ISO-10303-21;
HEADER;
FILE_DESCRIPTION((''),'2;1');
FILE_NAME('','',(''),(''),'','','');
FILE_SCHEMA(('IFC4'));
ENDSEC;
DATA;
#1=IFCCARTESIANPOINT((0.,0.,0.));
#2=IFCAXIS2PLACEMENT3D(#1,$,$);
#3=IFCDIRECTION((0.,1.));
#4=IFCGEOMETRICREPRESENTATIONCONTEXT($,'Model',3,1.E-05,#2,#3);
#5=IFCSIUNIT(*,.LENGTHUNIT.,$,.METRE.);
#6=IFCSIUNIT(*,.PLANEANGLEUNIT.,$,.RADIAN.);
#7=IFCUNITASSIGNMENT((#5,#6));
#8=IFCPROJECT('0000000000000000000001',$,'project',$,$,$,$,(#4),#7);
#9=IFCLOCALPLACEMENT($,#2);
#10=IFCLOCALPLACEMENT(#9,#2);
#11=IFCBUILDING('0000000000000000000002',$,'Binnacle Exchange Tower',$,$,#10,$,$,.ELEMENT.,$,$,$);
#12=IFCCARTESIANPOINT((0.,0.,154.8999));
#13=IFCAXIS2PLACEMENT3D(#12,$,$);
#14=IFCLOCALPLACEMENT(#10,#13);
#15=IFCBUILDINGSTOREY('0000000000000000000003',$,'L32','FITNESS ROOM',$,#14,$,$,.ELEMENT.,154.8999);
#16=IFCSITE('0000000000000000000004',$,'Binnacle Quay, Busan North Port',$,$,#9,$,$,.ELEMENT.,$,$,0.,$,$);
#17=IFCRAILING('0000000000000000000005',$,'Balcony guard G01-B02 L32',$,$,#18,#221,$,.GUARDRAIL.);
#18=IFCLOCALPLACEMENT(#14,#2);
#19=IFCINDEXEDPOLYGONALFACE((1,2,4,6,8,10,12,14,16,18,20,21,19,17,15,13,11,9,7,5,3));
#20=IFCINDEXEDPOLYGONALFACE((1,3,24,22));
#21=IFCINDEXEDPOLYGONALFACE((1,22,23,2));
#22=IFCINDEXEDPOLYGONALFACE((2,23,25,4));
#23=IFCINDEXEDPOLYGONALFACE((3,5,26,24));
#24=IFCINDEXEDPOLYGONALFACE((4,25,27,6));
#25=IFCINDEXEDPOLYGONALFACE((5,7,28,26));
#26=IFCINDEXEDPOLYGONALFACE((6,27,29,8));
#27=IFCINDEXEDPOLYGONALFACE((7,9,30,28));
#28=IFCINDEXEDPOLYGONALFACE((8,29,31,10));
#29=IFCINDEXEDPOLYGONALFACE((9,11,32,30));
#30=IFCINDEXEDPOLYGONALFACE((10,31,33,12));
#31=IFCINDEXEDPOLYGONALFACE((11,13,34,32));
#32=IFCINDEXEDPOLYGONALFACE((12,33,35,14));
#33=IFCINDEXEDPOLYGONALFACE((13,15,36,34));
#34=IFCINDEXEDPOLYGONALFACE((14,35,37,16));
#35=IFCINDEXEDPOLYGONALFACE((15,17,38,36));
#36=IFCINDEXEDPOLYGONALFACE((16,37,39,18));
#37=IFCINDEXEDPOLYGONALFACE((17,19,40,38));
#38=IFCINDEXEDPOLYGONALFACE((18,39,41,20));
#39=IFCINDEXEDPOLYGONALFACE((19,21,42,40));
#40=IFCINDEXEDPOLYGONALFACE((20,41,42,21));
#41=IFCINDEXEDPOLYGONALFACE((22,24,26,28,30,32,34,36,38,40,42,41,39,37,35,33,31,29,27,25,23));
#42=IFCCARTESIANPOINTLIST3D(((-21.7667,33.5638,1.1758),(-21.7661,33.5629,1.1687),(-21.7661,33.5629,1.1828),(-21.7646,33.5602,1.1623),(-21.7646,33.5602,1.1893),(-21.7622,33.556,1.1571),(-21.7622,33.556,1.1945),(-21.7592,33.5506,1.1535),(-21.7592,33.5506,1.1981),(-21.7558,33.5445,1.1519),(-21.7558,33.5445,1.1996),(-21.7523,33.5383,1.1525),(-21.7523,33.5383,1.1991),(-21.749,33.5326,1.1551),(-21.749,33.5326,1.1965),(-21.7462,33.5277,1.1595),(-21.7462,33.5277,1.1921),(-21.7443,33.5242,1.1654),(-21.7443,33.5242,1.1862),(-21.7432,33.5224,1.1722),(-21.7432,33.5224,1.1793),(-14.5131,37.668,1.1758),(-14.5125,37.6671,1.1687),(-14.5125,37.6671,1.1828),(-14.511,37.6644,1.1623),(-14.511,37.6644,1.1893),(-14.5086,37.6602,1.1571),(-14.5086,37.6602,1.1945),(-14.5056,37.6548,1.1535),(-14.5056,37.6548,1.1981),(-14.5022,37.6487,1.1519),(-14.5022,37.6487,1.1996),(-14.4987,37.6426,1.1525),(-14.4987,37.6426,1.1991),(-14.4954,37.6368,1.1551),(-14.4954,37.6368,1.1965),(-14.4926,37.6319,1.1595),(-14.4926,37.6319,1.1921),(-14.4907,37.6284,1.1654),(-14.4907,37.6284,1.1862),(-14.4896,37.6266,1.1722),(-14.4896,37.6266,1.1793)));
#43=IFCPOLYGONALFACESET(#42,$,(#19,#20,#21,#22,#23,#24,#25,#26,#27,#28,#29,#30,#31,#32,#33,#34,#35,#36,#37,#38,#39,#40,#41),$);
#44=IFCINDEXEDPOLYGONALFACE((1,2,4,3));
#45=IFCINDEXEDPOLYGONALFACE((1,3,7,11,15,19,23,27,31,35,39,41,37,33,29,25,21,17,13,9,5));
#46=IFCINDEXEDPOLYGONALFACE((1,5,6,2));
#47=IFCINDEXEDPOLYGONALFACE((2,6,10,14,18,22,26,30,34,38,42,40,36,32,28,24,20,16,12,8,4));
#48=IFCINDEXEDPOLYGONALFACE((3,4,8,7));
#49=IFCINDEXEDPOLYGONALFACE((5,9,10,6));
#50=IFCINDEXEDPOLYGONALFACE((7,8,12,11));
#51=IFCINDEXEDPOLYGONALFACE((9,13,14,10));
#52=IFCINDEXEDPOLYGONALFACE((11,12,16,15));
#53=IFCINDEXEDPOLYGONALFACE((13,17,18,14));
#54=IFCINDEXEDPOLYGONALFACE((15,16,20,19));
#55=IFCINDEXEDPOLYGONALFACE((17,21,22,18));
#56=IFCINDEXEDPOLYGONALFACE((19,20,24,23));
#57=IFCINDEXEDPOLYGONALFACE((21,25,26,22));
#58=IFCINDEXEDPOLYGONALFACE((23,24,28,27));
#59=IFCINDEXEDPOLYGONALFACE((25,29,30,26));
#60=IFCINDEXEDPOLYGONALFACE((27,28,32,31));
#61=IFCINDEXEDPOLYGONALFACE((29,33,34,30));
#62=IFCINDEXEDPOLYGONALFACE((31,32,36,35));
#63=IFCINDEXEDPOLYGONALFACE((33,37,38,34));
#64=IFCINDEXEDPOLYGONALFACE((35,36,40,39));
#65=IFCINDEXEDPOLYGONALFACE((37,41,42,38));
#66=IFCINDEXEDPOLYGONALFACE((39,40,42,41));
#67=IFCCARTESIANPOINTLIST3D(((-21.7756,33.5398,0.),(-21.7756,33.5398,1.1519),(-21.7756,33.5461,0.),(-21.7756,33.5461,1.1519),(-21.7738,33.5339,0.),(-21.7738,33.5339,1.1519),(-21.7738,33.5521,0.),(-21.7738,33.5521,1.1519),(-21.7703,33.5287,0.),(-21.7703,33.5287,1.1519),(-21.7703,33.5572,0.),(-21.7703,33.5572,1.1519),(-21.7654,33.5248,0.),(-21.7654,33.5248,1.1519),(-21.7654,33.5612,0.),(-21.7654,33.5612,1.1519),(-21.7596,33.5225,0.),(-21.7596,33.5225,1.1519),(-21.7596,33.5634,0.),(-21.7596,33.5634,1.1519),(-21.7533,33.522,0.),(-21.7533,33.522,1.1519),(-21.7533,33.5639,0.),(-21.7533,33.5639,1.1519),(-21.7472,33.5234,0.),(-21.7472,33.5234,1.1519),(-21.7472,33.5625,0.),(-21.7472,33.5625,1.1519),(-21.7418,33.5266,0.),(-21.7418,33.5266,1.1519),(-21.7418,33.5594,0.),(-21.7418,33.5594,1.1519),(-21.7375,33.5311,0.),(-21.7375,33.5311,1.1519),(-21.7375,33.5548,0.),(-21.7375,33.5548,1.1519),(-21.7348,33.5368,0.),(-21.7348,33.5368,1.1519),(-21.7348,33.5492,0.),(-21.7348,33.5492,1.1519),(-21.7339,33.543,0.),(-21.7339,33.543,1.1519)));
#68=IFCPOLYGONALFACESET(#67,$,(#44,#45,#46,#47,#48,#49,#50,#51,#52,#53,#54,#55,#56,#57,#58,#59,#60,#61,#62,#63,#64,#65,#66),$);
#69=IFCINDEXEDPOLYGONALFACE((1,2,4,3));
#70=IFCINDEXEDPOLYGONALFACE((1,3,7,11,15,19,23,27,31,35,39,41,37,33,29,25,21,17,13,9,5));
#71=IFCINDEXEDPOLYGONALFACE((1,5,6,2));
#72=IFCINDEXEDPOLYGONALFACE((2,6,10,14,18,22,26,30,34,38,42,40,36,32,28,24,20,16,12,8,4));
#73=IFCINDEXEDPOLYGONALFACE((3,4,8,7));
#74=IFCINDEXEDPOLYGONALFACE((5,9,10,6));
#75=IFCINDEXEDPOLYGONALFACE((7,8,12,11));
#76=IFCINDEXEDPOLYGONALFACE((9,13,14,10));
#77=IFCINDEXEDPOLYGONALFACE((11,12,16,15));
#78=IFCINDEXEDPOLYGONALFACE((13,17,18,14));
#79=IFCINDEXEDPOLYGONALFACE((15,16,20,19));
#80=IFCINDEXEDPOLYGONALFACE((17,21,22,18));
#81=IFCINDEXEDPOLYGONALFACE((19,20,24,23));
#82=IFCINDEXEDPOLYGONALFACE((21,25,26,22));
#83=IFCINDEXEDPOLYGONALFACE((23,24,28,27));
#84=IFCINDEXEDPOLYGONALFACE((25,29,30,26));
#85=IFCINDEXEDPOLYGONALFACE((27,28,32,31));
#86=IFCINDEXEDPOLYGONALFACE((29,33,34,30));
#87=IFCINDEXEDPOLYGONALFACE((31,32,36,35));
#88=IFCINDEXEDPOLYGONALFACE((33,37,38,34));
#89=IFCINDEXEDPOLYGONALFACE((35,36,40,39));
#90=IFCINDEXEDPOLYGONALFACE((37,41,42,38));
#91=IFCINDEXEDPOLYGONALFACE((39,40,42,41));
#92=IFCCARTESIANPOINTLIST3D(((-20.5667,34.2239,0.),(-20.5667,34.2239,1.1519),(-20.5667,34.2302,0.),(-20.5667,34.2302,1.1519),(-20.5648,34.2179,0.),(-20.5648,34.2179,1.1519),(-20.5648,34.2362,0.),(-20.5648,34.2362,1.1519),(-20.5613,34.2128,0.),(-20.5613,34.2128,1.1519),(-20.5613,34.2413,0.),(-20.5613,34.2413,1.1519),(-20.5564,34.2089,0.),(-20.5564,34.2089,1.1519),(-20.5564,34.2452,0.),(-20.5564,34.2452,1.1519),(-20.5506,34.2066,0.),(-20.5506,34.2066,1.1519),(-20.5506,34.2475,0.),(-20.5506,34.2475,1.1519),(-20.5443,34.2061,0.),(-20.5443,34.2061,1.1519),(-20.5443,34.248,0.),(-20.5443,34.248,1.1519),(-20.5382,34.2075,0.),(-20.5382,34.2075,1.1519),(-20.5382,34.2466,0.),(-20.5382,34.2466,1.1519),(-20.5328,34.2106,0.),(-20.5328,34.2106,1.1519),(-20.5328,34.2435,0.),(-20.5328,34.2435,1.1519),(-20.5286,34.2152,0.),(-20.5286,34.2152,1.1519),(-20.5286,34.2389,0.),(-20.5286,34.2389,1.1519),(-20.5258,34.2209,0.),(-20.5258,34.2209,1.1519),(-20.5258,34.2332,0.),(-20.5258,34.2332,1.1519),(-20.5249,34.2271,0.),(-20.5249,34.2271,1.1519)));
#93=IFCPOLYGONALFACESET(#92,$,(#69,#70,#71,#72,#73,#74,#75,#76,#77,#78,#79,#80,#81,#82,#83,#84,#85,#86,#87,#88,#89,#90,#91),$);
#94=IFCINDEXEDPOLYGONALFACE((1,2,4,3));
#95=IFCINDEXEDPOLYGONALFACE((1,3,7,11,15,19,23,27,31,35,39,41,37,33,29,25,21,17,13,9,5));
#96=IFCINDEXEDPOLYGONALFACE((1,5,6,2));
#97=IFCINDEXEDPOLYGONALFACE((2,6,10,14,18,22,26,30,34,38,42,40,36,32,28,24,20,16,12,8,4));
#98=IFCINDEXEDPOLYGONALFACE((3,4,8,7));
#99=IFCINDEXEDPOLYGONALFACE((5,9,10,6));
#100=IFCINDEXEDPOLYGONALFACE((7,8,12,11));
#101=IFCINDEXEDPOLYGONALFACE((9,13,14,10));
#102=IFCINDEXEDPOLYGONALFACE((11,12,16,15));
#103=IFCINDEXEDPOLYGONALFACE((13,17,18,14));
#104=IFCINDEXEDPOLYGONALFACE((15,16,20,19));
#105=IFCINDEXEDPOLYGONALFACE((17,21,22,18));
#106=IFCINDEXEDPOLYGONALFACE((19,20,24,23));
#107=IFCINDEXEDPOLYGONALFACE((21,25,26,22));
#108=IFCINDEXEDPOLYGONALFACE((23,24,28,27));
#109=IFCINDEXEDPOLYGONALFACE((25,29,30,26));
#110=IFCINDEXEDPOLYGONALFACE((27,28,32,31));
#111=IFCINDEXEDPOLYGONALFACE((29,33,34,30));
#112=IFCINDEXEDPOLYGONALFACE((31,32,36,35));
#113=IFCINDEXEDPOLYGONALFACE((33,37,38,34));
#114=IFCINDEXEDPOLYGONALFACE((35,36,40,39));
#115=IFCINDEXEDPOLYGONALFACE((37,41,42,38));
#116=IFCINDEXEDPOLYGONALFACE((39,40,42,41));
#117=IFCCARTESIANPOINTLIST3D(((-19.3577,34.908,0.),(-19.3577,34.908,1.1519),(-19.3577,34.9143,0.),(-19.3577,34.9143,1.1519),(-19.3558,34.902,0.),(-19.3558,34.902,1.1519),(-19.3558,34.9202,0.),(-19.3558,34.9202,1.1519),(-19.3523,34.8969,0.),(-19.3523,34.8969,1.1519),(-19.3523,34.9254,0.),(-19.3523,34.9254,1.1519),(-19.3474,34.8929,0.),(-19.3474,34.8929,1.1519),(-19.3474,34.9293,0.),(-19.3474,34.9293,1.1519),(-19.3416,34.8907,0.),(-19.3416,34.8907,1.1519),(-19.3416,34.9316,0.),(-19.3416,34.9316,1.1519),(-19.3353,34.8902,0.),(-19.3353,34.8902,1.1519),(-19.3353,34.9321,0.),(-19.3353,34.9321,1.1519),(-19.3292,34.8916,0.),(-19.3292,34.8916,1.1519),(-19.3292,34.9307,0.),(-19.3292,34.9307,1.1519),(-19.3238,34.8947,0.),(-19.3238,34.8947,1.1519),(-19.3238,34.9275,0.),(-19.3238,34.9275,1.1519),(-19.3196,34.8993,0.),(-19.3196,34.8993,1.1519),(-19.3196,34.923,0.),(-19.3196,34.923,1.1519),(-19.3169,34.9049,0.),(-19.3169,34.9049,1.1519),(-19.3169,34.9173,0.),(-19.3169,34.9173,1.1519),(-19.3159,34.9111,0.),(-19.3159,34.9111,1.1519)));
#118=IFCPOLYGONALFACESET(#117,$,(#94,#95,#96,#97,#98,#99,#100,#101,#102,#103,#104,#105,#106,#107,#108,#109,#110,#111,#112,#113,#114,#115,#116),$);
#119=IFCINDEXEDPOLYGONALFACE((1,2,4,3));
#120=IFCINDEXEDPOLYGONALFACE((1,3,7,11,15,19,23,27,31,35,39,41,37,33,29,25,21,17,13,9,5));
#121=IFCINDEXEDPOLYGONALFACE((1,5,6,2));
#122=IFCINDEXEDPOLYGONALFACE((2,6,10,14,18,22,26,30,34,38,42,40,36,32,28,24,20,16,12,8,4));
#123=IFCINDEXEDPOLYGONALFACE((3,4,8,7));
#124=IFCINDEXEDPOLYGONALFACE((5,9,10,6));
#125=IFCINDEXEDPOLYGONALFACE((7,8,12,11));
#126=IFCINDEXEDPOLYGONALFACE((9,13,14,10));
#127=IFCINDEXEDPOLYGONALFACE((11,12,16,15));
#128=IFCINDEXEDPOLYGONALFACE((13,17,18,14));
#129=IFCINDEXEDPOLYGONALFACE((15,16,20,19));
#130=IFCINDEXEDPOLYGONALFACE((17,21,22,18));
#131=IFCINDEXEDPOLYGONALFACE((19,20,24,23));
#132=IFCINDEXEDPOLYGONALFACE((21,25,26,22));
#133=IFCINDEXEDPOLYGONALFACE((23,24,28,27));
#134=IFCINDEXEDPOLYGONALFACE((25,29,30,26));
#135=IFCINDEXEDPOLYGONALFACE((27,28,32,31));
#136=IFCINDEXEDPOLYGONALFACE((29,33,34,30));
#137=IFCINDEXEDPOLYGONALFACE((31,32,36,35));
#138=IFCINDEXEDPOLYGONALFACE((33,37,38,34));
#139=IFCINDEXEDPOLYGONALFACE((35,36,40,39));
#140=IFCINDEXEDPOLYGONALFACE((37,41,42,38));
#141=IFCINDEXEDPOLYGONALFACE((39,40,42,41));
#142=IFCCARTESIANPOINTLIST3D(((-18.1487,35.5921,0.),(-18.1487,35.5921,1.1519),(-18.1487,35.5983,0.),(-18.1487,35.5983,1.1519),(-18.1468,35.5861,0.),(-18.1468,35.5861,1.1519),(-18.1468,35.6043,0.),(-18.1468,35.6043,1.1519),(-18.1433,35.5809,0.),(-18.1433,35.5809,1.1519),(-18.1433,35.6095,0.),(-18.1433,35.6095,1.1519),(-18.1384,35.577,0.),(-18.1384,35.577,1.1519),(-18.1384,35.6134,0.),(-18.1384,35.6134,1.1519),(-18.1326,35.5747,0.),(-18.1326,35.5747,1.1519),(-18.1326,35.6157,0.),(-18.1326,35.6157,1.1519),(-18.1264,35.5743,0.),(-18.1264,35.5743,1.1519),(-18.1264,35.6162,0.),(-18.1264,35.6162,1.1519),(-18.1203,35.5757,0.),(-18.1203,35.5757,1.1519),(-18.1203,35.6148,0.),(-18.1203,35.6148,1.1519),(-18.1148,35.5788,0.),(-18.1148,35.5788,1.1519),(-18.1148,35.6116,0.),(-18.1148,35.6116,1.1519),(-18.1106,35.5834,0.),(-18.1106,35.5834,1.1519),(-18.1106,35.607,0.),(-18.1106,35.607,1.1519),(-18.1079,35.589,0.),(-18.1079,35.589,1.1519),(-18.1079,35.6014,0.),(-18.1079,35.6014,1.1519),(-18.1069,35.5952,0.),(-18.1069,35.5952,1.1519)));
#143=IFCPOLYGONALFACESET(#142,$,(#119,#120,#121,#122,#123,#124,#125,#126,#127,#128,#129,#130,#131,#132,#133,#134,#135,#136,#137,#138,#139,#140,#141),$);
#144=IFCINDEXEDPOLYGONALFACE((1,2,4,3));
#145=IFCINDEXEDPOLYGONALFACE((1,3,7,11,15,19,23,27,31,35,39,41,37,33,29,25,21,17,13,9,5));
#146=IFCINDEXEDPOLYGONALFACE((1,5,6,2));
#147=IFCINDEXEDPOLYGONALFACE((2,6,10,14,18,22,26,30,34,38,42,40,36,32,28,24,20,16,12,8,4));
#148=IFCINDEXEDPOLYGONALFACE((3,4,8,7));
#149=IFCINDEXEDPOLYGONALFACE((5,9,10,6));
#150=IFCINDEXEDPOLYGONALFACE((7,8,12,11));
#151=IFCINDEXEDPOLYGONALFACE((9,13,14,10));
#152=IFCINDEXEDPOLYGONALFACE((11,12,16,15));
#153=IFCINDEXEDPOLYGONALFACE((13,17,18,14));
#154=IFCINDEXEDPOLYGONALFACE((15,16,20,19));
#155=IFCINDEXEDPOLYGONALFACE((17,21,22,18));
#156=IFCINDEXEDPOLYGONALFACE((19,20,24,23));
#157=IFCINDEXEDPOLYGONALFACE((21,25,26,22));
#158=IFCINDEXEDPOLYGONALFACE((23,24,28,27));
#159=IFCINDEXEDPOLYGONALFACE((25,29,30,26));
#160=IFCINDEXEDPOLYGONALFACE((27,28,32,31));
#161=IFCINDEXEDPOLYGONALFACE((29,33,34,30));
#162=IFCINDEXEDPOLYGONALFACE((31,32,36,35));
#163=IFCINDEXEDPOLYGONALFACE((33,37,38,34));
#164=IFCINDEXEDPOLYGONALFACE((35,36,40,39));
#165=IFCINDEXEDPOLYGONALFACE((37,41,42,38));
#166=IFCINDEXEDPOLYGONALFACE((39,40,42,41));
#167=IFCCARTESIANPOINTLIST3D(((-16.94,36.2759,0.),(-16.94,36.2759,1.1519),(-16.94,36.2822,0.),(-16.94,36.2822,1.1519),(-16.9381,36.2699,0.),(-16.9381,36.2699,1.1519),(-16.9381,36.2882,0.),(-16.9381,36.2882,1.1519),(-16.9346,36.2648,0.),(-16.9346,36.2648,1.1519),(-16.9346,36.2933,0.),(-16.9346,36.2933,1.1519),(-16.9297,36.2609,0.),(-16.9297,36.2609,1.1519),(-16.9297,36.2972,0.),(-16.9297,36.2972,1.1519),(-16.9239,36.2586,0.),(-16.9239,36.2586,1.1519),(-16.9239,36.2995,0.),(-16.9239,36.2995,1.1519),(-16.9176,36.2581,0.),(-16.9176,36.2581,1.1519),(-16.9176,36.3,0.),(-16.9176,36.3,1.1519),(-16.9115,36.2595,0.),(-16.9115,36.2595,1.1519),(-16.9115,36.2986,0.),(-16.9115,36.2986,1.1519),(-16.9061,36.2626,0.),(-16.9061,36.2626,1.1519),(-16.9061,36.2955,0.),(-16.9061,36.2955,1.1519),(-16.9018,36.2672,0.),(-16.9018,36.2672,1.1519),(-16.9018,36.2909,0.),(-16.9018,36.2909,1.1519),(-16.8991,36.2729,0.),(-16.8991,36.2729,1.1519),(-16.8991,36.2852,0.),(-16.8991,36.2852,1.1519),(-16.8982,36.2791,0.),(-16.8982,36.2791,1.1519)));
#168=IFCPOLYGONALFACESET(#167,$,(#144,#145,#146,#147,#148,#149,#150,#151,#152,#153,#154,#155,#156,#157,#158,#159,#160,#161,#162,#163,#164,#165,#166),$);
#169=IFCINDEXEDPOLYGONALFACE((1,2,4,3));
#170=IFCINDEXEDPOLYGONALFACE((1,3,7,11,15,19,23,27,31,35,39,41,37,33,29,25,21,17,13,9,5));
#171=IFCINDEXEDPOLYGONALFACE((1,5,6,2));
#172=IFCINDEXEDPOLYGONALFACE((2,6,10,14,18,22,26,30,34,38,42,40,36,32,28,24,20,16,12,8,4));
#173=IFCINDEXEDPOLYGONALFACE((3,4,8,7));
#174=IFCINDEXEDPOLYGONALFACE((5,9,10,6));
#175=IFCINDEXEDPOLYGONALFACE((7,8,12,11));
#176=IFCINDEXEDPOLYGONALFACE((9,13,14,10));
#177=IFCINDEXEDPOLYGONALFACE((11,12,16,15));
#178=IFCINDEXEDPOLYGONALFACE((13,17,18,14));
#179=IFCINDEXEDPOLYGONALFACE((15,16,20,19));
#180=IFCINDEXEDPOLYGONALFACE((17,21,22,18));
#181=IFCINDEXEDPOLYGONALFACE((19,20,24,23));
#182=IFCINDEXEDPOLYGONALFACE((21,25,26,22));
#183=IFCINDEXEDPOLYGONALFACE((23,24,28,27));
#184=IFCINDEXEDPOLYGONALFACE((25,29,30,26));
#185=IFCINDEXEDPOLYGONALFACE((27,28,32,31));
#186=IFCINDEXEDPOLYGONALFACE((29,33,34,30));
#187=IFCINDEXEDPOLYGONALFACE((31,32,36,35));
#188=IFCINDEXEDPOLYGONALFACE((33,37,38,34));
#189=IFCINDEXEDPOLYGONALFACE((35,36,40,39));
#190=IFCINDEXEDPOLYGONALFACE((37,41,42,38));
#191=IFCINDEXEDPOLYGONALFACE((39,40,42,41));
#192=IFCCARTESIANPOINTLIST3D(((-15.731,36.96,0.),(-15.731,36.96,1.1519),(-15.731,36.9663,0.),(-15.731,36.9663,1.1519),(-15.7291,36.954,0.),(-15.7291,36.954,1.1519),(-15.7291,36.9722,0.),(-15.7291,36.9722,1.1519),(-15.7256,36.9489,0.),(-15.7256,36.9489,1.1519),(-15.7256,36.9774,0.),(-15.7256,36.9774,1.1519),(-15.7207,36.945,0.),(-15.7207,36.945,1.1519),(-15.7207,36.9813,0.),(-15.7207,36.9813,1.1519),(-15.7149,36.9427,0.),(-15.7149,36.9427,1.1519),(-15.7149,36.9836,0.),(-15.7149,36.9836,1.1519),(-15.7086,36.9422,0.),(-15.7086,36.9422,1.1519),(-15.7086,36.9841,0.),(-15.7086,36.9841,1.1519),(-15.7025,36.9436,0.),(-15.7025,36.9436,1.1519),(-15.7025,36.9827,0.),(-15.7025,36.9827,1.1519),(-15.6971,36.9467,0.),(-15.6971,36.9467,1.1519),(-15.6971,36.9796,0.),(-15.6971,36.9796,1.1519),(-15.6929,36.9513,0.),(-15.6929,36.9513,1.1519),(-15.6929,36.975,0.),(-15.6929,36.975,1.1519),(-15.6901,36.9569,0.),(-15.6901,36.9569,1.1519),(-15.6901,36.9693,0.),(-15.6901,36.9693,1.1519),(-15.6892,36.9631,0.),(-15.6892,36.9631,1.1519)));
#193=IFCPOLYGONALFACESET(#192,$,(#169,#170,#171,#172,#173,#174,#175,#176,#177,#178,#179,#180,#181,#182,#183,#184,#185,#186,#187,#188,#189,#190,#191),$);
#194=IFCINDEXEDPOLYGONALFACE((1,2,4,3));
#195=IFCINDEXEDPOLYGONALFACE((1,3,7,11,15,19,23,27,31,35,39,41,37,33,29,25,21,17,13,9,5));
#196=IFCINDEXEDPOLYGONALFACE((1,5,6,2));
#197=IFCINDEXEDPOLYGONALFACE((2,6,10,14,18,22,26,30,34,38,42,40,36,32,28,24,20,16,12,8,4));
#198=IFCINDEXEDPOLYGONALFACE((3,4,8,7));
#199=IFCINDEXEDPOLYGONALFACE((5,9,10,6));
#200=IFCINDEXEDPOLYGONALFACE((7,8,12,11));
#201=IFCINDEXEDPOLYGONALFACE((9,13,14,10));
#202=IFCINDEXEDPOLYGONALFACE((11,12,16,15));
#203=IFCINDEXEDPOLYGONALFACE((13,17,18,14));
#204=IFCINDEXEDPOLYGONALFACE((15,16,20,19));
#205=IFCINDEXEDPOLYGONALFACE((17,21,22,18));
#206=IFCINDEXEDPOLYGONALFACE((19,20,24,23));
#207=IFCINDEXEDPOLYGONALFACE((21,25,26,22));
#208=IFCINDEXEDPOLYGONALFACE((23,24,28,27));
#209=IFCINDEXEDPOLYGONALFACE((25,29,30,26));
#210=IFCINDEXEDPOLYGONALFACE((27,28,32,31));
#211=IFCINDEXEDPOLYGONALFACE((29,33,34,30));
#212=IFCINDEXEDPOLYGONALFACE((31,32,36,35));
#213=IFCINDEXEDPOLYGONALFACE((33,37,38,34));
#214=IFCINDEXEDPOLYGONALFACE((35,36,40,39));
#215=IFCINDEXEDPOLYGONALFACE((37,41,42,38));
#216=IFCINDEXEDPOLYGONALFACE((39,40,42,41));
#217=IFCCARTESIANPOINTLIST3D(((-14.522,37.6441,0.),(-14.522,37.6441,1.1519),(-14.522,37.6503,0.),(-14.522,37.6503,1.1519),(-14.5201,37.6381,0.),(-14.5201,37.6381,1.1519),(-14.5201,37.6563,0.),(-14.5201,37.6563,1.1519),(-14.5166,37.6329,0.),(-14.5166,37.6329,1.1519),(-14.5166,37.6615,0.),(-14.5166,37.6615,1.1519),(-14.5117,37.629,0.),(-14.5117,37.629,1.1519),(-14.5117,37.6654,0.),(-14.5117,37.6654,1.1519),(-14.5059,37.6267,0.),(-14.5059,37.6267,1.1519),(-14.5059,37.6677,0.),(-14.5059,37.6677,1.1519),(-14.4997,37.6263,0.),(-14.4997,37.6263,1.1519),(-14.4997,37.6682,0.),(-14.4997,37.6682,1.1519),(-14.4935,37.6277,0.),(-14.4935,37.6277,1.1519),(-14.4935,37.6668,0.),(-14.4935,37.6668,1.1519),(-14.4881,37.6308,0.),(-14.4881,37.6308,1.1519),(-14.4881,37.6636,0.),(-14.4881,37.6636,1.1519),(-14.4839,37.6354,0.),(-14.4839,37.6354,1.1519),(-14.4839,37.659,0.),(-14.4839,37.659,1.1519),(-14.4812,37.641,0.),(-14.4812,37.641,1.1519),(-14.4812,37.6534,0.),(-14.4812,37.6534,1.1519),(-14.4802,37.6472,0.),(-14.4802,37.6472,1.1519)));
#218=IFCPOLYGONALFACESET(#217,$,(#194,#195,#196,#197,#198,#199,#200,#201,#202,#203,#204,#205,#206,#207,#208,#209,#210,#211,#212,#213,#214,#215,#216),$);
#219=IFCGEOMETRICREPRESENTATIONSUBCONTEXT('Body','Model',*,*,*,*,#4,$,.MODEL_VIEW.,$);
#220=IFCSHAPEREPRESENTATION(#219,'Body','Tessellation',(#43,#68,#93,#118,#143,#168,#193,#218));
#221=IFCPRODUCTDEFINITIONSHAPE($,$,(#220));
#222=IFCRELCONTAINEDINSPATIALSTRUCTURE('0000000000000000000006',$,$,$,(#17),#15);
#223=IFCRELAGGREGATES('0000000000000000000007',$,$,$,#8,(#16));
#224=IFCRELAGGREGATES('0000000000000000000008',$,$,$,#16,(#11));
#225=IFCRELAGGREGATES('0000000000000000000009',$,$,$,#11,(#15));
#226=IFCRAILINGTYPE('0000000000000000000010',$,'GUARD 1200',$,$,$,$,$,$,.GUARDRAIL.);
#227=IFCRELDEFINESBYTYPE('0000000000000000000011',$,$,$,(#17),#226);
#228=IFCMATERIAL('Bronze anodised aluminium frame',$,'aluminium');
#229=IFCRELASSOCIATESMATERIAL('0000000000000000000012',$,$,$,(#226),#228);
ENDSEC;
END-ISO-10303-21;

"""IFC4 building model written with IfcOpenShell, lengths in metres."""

from ifc_helpers import new_model, si_unit, direction, frame, origin, origin_2d, place, context, subcontext, project, spatial, circle, extrude, material, type_object, element, save


model = new_model("IFC4")

# Units and contexts
model_context = context("Model", 3, precision=1e-05, world=origin(), true_north=direction((0.0, 1.0)))
body_context = subcontext(model_context, "Body", "Model", "MODEL_VIEW")
ifc_project = project(units=[si_unit("LENGTHUNIT", "METRE"), si_unit("PLANEANGLEUNIT", "RADIAN")], contexts=[model_context])

# Site, building, storey
site_placement = place(None, origin())
site = spatial("IfcSite", under=ifc_project, at=site_placement, Name="Binnacle Quay, Busan North Port", CompositionType="ELEMENT", RefElevation=0.0)
building_placement = place(site_placement, origin())
building = spatial("IfcBuilding", under=site, at=building_placement, Name="Binnacle Exchange Tower", CompositionType="ELEMENT")
storey_placement = place(building_placement, frame((0.0, 0.0, 154.8999)))
storey = spatial("IfcBuildingStorey", under=building, at=storey_placement, Name="L32", Description="FITNESS ROOM", CompositionType="ELEMENT", Elevation=154.8999)

# Railing
ifc_material_1 = material(Name="Bronze anodised aluminium frame", Category="aluminium")
railing_type = type_object("IfcRailingType", Name="GUARD 1200", PredefinedType="GUARDRAIL", material=ifc_material_1)
railing_1_placement = place(storey_placement, frame((-21.7549, 33.543, 0.0)))
element("IfcRailing", 1, at=railing_1_placement, inside=storey, type_object=railing_type, Name="Balcony guard G01-B02 L32", PredefinedType="GUARDRAIL", context=body_context, shape_type="SweptSolid", body=[
    extrude(circle(Radius=0.0239, at=origin_2d()), frame((0.0, 0.0, 1.1758), z_axis=(0.870339, 0.492453, 0.0), x_axis=(-0.492453, 0.870339, 0.0)), (0.0, 0.0, 1.0), 8.3342),
    extrude(circle(Radius=0.021, at=origin_2d()), origin(), (0.0, 0.0, 1.0), 1.1519),
    extrude(circle(Radius=0.021, at=origin_2d()), frame((1.209, 0.6841, 0.0)), (0.0, 0.0, 1.0), 1.1519),
    extrude(circle(Radius=0.021, at=origin_2d()), frame((2.418, 1.3682, 0.0)), (0.0, 0.0, 1.0), 1.1519),
    extrude(circle(Radius=0.021, at=origin_2d()), frame((3.627, 2.0522, 0.0)), (0.0, 0.0, 1.0), 1.1519),
    extrude(circle(Radius=0.021, at=origin_2d()), frame((4.8357, 2.7361, 0.0)), (0.0, 0.0, 1.0), 1.1519),
    extrude(circle(Radius=0.021, at=origin_2d()), frame((6.0447, 3.4202, 0.0)), (0.0, 0.0, 1.0), 1.1519),
    extrude(circle(Radius=0.021, at=origin_2d()), frame((7.2537, 4.1042, 0.0)), (0.0, 0.0, 1.0), 1.1519),
])

save(model, "model.ifc")
